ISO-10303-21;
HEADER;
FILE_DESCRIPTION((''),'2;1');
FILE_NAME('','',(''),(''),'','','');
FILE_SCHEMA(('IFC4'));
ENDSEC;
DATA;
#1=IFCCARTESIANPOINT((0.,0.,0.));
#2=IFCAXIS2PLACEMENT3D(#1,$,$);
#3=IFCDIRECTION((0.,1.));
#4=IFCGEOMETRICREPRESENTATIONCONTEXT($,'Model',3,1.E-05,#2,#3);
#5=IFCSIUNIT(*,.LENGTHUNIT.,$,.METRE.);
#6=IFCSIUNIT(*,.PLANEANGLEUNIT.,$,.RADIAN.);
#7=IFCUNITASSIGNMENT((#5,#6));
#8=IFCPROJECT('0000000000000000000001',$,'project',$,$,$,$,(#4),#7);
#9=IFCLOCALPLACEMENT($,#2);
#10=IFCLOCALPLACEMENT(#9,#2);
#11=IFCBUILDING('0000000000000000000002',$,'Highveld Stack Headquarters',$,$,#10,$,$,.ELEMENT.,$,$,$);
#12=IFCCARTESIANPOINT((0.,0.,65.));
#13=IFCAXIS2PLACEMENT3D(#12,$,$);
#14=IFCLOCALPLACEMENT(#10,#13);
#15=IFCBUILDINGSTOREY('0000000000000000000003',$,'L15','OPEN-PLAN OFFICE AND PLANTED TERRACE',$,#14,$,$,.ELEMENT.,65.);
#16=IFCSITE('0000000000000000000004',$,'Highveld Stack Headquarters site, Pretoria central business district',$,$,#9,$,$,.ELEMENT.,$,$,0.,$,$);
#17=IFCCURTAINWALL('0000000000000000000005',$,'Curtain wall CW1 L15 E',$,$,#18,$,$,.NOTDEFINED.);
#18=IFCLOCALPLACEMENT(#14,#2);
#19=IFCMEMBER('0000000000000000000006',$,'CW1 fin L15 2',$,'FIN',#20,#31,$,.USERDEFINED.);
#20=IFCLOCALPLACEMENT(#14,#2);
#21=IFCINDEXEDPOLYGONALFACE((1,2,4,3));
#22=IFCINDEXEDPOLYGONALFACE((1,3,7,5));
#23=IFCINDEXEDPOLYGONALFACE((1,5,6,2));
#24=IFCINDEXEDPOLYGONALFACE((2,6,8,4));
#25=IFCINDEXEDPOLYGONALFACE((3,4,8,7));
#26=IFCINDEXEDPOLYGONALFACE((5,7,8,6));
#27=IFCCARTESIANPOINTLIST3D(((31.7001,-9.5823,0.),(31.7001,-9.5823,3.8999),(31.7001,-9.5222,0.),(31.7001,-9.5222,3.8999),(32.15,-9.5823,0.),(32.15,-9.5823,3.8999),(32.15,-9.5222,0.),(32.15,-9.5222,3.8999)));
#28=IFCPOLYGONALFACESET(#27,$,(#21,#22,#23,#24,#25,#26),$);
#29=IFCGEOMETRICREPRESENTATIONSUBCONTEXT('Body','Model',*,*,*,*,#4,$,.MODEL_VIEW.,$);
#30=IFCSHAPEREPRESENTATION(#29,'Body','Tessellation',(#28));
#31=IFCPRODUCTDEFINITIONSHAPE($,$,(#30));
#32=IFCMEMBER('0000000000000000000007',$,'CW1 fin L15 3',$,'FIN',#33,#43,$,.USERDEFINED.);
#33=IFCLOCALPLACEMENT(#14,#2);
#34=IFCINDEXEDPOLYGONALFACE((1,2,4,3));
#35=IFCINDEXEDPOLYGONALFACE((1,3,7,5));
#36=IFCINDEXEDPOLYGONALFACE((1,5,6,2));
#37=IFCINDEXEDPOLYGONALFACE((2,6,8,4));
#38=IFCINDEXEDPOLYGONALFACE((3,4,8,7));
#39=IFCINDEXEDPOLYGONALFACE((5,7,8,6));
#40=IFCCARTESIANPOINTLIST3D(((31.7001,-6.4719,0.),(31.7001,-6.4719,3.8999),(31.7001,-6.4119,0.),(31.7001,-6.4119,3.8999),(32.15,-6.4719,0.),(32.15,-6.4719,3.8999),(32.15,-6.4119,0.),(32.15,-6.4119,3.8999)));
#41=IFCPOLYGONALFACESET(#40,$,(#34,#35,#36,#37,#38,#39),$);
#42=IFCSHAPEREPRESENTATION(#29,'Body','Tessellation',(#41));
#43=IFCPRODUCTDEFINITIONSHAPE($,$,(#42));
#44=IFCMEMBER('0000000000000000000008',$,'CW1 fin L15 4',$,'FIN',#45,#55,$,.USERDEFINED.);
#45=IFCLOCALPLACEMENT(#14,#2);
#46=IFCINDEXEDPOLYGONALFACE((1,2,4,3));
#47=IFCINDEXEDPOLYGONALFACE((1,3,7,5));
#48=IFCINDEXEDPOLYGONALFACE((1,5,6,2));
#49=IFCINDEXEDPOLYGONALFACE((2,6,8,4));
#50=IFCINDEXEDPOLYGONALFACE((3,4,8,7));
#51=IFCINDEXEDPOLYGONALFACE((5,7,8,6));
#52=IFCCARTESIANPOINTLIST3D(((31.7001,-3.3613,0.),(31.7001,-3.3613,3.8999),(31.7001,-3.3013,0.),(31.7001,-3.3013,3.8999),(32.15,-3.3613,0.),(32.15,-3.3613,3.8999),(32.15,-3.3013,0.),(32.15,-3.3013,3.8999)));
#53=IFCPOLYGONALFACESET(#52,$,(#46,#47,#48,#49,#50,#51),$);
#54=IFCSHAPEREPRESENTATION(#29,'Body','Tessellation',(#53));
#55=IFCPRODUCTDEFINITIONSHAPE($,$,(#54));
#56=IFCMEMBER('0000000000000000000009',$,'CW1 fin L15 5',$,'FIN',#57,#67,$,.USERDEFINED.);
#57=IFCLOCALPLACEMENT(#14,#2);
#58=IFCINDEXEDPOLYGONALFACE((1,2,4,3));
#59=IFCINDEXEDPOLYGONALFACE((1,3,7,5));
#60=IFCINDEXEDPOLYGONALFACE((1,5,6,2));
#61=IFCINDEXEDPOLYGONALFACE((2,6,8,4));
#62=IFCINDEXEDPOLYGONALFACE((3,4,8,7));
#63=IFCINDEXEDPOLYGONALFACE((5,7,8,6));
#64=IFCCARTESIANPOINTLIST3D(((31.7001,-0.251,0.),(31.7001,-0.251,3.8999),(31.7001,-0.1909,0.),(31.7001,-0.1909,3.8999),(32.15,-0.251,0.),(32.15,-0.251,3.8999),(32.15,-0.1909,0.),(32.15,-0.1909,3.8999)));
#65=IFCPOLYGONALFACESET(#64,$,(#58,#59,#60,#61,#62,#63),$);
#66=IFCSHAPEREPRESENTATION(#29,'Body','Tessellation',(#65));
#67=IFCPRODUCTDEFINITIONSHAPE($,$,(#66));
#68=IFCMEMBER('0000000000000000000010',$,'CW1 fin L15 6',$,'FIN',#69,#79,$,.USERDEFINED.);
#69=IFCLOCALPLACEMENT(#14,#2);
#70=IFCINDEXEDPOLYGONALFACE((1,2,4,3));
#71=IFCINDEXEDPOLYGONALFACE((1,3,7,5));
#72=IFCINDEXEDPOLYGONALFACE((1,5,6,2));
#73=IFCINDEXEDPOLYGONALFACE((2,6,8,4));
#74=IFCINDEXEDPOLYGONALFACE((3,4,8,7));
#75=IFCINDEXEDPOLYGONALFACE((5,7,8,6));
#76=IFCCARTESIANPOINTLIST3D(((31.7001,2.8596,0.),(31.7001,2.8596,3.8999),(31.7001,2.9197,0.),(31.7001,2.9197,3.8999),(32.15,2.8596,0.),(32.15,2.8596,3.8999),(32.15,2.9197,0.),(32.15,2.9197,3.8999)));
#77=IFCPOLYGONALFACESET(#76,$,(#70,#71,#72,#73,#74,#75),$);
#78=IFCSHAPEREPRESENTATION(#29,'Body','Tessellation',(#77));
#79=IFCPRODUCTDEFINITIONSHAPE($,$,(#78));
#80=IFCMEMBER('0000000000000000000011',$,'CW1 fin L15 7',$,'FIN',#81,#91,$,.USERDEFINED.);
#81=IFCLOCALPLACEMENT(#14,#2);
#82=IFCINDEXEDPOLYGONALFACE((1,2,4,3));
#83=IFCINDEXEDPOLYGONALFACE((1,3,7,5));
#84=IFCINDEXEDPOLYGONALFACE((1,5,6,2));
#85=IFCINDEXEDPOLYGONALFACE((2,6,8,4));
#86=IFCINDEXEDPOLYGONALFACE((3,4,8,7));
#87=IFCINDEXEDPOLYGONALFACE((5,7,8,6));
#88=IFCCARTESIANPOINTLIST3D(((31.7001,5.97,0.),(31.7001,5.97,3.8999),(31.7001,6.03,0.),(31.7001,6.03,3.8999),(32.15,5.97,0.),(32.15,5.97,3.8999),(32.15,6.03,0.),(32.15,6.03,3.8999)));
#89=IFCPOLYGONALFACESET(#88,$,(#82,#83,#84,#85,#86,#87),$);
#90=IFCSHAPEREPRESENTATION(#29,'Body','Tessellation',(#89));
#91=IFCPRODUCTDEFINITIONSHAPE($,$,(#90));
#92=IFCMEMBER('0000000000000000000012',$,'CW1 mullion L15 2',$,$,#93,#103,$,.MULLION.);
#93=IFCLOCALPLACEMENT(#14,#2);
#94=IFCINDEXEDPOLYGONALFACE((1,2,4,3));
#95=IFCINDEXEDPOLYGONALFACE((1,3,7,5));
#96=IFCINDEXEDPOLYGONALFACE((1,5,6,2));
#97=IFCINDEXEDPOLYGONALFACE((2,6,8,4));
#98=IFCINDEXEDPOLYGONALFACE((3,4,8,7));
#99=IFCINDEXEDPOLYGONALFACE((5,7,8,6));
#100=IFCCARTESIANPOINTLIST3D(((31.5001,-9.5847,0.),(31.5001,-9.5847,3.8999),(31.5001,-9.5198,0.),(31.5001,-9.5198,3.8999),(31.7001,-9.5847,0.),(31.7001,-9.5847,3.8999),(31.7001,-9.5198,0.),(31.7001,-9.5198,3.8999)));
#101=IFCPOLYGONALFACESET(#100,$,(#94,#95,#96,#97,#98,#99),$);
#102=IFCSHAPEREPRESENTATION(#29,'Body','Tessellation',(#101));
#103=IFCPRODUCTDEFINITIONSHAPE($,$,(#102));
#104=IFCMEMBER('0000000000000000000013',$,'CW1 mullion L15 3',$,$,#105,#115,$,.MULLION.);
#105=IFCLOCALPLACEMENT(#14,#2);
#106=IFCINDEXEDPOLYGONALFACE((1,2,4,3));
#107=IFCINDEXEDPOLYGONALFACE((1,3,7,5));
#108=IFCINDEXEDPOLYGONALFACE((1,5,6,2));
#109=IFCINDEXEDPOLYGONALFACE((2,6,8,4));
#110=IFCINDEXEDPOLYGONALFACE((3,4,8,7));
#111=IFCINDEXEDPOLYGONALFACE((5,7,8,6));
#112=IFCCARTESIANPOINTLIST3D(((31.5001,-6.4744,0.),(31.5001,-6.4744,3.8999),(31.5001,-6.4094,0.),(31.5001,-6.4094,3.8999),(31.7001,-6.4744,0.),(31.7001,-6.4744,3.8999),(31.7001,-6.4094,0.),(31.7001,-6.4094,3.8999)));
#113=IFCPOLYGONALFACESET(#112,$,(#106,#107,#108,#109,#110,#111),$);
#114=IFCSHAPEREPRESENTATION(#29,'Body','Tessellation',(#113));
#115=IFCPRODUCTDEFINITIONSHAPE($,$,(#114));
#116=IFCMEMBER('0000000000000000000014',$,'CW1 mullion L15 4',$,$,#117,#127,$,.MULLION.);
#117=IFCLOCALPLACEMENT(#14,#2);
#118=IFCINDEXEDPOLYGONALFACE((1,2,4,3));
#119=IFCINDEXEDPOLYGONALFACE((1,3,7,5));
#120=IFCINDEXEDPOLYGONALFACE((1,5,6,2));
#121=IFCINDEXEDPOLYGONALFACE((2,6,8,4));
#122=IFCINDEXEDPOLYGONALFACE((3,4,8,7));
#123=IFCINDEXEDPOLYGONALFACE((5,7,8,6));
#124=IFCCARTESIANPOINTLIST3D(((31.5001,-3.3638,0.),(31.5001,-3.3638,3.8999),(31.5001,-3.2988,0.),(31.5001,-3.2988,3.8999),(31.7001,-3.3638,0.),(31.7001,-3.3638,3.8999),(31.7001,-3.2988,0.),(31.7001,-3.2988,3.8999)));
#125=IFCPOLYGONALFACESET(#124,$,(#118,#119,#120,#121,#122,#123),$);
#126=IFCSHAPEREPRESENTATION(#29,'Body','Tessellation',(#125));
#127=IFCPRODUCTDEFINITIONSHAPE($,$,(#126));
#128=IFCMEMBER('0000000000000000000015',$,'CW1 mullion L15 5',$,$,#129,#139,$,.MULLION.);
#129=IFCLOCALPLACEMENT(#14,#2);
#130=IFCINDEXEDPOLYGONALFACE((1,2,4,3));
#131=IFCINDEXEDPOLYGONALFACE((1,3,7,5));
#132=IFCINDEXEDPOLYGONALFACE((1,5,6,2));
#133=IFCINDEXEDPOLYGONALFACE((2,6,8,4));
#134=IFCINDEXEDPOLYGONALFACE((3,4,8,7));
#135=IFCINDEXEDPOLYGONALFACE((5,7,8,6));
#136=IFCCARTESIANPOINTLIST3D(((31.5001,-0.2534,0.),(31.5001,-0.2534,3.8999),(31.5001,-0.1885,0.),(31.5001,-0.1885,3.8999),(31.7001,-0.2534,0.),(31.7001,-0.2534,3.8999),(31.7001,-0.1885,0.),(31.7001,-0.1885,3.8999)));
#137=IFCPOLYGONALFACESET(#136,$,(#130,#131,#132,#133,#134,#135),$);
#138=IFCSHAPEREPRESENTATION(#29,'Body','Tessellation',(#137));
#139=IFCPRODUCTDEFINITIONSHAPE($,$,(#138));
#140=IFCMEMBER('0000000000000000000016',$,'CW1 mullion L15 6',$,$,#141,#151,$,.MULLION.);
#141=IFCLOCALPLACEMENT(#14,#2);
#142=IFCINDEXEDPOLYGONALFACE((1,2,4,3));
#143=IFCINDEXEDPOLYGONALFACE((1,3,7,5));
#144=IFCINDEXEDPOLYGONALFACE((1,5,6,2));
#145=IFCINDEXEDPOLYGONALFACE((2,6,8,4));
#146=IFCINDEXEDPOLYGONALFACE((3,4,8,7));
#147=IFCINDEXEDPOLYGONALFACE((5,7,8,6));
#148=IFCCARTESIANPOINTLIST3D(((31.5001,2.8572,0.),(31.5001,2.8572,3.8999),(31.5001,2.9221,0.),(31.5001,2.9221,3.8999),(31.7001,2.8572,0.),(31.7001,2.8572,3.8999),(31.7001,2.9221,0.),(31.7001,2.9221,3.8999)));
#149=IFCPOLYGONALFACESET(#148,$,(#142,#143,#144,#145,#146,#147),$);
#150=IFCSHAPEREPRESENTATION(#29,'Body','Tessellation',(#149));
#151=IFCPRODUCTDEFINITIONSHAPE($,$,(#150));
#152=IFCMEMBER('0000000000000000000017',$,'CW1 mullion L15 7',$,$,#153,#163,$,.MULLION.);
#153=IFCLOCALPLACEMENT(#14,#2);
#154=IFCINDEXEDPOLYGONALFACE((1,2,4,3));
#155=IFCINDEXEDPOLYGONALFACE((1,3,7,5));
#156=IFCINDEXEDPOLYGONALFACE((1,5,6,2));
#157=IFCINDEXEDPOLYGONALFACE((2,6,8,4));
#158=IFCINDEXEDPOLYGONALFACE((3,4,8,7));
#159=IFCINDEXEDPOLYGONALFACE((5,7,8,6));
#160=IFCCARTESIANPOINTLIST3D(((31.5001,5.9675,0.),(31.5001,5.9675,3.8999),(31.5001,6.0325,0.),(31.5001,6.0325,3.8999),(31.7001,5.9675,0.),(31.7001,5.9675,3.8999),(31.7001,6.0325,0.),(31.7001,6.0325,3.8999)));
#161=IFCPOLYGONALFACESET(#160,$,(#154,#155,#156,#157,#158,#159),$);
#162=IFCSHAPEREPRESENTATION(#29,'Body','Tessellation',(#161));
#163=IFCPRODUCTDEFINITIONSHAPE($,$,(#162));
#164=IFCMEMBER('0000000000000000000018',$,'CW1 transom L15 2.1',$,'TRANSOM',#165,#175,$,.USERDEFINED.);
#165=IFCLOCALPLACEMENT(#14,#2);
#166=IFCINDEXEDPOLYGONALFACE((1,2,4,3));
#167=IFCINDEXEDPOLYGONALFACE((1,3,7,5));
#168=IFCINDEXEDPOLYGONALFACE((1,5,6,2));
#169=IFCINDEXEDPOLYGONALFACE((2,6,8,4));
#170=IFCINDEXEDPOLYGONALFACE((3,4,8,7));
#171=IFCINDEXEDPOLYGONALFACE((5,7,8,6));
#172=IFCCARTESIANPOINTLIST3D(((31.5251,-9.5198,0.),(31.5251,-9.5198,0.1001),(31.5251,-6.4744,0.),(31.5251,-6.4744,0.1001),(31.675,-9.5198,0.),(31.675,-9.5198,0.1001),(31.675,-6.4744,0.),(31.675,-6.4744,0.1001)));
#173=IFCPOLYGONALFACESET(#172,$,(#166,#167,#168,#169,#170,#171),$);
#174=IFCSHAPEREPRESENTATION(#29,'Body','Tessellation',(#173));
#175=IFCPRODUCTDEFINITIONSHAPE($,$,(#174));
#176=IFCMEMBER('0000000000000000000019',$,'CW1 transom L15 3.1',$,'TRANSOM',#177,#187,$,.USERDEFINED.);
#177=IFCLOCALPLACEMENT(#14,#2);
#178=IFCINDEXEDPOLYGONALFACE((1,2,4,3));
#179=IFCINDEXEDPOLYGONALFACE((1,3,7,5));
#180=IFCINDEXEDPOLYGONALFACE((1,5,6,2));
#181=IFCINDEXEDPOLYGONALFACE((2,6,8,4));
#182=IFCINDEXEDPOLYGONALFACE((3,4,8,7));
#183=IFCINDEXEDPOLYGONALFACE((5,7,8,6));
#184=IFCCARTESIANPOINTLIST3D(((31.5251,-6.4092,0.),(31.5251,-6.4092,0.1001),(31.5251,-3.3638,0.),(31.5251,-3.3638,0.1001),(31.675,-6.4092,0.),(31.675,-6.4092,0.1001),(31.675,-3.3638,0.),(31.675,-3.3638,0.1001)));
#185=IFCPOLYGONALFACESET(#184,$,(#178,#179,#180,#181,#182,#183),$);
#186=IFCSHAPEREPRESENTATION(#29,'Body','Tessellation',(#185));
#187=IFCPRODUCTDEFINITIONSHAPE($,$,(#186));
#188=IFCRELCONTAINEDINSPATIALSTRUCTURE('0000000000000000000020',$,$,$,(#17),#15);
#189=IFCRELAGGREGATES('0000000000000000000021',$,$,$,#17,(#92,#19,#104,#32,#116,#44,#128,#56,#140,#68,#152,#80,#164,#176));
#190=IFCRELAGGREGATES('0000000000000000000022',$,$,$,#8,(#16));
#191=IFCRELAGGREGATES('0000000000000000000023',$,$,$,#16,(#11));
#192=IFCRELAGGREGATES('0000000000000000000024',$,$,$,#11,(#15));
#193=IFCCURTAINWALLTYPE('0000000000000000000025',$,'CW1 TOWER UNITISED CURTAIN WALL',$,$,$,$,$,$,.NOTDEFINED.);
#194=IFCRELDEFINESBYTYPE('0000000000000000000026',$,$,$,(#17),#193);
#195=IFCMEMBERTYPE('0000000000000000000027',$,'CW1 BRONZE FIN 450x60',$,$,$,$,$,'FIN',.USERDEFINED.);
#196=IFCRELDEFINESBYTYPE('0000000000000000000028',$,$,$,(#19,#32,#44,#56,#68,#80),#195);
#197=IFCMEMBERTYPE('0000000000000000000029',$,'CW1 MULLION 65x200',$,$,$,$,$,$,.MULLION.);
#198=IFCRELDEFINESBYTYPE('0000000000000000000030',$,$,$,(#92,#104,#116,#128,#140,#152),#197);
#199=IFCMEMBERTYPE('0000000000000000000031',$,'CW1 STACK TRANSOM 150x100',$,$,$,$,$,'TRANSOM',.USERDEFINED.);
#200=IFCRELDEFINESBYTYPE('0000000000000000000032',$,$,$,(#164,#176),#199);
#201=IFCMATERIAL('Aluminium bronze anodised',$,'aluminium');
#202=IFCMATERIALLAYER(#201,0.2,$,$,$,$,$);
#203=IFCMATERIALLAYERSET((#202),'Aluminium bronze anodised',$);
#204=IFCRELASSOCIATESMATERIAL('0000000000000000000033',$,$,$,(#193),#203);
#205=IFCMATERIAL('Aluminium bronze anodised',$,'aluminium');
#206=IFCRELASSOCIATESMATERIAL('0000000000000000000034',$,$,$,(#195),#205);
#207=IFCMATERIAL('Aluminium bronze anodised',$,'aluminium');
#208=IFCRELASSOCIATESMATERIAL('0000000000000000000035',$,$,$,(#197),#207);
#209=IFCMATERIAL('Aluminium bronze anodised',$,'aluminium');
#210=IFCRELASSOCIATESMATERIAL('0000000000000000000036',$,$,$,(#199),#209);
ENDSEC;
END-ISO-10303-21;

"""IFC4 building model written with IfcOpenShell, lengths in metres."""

from ifc_helpers import new_model, si_unit, direction, frame, origin, origin_2d, place, context, subcontext, project, spatial, rectangle, extrude, material, layer, layer_set, material_profile, profile_set, type_object, element, aggregate, save


model = new_model("IFC4")

# Units and contexts
model_context = context("Model", 3, precision=1e-05, world=origin(), true_north=direction((0.0, 1.0)))
body_context = subcontext(model_context, "Body", "Model", "MODEL_VIEW")
ifc_project = project(units=[si_unit("LENGTHUNIT", "METRE"), si_unit("PLANEANGLEUNIT", "RADIAN")], contexts=[model_context])

# Site, building, storey
site_placement = place(None, origin())
site = spatial("IfcSite", under=ifc_project, at=site_placement, Name="Highveld Stack Headquarters site, Pretoria central business district", CompositionType="ELEMENT", RefElevation=0.0)
building_placement = place(site_placement, origin())
building = spatial("IfcBuilding", under=site, at=building_placement, Name="Highveld Stack Headquarters", CompositionType="ELEMENT")
storey_placement = place(building_placement, frame((0.0, 0.0, 65.0)))
storey = spatial("IfcBuildingStorey", under=building, at=storey_placement, Name="L15", Description="OPEN-PLAN OFFICE AND PLANTED TERRACE", CompositionType="ELEMENT", Elevation=65.0)

# Curtain wall, members
ifc_material_1 = material(Name="Aluminium bronze anodised", Category="aluminium")
ifc_layer_1 = layer(ifc_material_1, 0.2)
ifc_layer_set_1 = layer_set([ifc_layer_1], Name="Aluminium bronze anodised")
curtain_wall_type = type_object("IfcCurtainWallType", Name="CW1 TOWER UNITISED CURTAIN WALL", PredefinedType="NOTDEFINED", material=ifc_layer_set_1)
curtain_wall_placement = place(storey_placement, origin())
curtain_wall = element("IfcCurtainWall", 1, at=curtain_wall_placement, inside=storey, type_object=curtain_wall_type, Name="Curtain wall CW1 L15 E", PredefinedType="NOTDEFINED")
ifc_material_2 = material(Name="Aluminium bronze anodised", Category="aluminium")
ifc_material_profile_1 = material_profile(ifc_material_2, rectangle(XDim=0.45, YDim=0.0601, at=origin_2d()), Name="FIN 450x60")
ifc_profile_set_1 = profile_set([ifc_material_profile_1], Name="Aluminium bronze anodised")
member_type_1 = type_object("IfcMemberType", Name="CW1 BRONZE FIN 450x60", ElementType="FIN", PredefinedType="USERDEFINED", material=ifc_profile_set_1)
member_1_placement = place(storey_placement, frame((31.925, -9.5522, 0.0), z_axis=(0.0, 0.0, 1.0), x_axis=(-1.0, 0.0, 0.0)))
member_1 = element("IfcMember", 2, at=member_1_placement, type_object=member_type_1, Name="CW1 fin L15 2", ObjectType="FIN", PredefinedType="USERDEFINED", context=body_context, shape_type="SweptSolid", body=[
    extrude(rectangle(XDim=0.45, YDim=0.0601, at=origin_2d()), origin(), (0.0, 0.0, 1.0), 3.8999),
])
member_2_placement = place(storey_placement, frame((31.925, -6.4419, 0.0), z_axis=(0.0, 0.0, 1.0), x_axis=(-1.0, 0.0, 0.0)))
member_2 = element("IfcMember", 3, at=member_2_placement, type_object=member_type_1, Name="CW1 fin L15 3", ObjectType="FIN", PredefinedType="USERDEFINED", context=body_context, shape_type="SweptSolid", body=[
    extrude(rectangle(XDim=0.45, YDim=0.0601, at=origin_2d()), origin(), (0.0, 0.0, 1.0), 3.8999),
])
member_3_placement = place(storey_placement, frame((31.925, -3.3313, 0.0), z_axis=(0.0, 0.0, 1.0), x_axis=(-1.0, 0.0, 0.0)))
member_3 = element("IfcMember", 4, at=member_3_placement, type_object=member_type_1, Name="CW1 fin L15 4", ObjectType="FIN", PredefinedType="USERDEFINED", context=body_context, shape_type="SweptSolid", body=[
    extrude(rectangle(XDim=0.45, YDim=0.0601, at=origin_2d()), origin(), (0.0, 0.0, 1.0), 3.8999),
])
member_4_placement = place(storey_placement, frame((31.925, -0.2209, 0.0), z_axis=(0.0, 0.0, 1.0), x_axis=(-1.0, 0.0, 0.0)))
member_4 = element("IfcMember", 5, at=member_4_placement, type_object=member_type_1, Name="CW1 fin L15 5", ObjectType="FIN", PredefinedType="USERDEFINED", context=body_context, shape_type="SweptSolid", body=[
    extrude(rectangle(XDim=0.45, YDim=0.0601, at=origin_2d()), origin(), (0.0, 0.0, 1.0), 3.8999),
])
member_5_placement = place(storey_placement, frame((31.925, 2.8896, 0.0), z_axis=(0.0, 0.0, 1.0), x_axis=(-1.0, 0.0, 0.0)))
member_5 = element("IfcMember", 6, at=member_5_placement, type_object=member_type_1, Name="CW1 fin L15 6", ObjectType="FIN", PredefinedType="USERDEFINED", context=body_context, shape_type="SweptSolid", body=[
    extrude(rectangle(XDim=0.45, YDim=0.0601, at=origin_2d()), origin(), (0.0, 0.0, 1.0), 3.8999),
])
member_6_placement = place(storey_placement, frame((31.925, 6.0, 0.0), z_axis=(0.0, 0.0, 1.0), x_axis=(-1.0, 0.0, 0.0)))
member_6 = element("IfcMember", 7, at=member_6_placement, type_object=member_type_1, Name="CW1 fin L15 7", ObjectType="FIN", PredefinedType="USERDEFINED", context=body_context, shape_type="SweptSolid", body=[
    extrude(rectangle(XDim=0.45, YDim=0.0601, at=origin_2d()), origin(), (0.0, 0.0, 1.0), 3.8999),
])
ifc_material_3 = material(Name="Aluminium bronze anodised", Category="aluminium")
ifc_material_profile_2 = material_profile(ifc_material_3, rectangle(XDim=0.2, YDim=0.0649, at=origin_2d()), Name="CW1 MULLION 65x200")
ifc_profile_set_2 = profile_set([ifc_material_profile_2], Name="Aluminium bronze anodised")
member_type_2 = type_object("IfcMemberType", Name="CW1 MULLION 65x200", PredefinedType="MULLION", material=ifc_profile_set_2)
member_7_placement = place(storey_placement, frame((31.6001, -9.5522, 0.0), z_axis=(0.0, 0.0, 1.0), x_axis=(-1.0, 0.0, 0.0)))
member_7 = element("IfcMember", 8, at=member_7_placement, type_object=member_type_2, Name="CW1 mullion L15 2", PredefinedType="MULLION", context=body_context, shape_type="SweptSolid", body=[
    extrude(rectangle(XDim=0.2, YDim=0.0649, at=origin_2d()), origin(), (0.0, 0.0, 1.0), 3.8999),
])
member_8_placement = place(storey_placement, frame((31.6001, -6.4419, 0.0), z_axis=(0.0, 0.0, 1.0), x_axis=(-1.0, 0.0, 0.0)))
member_8 = element("IfcMember", 9, at=member_8_placement, type_object=member_type_2, Name="CW1 mullion L15 3", PredefinedType="MULLION", context=body_context, shape_type="SweptSolid", body=[
    extrude(rectangle(XDim=0.2, YDim=0.0649, at=origin_2d()), origin(), (0.0, 0.0, 1.0), 3.8999),
])
member_9_placement = place(storey_placement, frame((31.6001, -3.3313, 0.0), z_axis=(0.0, 0.0, 1.0), x_axis=(-1.0, 0.0, 0.0)))
member_9 = element("IfcMember", 10, at=member_9_placement, type_object=member_type_2, Name="CW1 mullion L15 4", PredefinedType="MULLION", context=body_context, shape_type="SweptSolid", body=[
    extrude(rectangle(XDim=0.2, YDim=0.0649, at=origin_2d()), origin(), (0.0, 0.0, 1.0), 3.8999),
])
member_10_placement = place(storey_placement, frame((31.6001, -0.2209, 0.0), z_axis=(0.0, 0.0, 1.0), x_axis=(-1.0, 0.0, 0.0)))
member_10 = element("IfcMember", 11, at=member_10_placement, type_object=member_type_2, Name="CW1 mullion L15 5", PredefinedType="MULLION", context=body_context, shape_type="SweptSolid", body=[
    extrude(rectangle(XDim=0.2, YDim=0.0649, at=origin_2d()), origin(), (0.0, 0.0, 1.0), 3.8999),
])
member_11_placement = place(storey_placement, frame((31.6001, 2.8896, 0.0), z_axis=(0.0, 0.0, 1.0), x_axis=(-1.0, 0.0, 0.0)))
member_11 = element("IfcMember", 12, at=member_11_placement, type_object=member_type_2, Name="CW1 mullion L15 6", PredefinedType="MULLION", context=body_context, shape_type="SweptSolid", body=[
    extrude(rectangle(XDim=0.2, YDim=0.0649, at=origin_2d()), origin(), (0.0, 0.0, 1.0), 3.8999),
])
member_12_placement = place(storey_placement, frame((31.6001, 6.0, 0.0), z_axis=(0.0, 0.0, 1.0), x_axis=(-1.0, 0.0, 0.0)))
member_12 = element("IfcMember", 13, at=member_12_placement, type_object=member_type_2, Name="CW1 mullion L15 7", PredefinedType="MULLION", context=body_context, shape_type="SweptSolid", body=[
    extrude(rectangle(XDim=0.2, YDim=0.0649, at=origin_2d()), origin(), (0.0, 0.0, 1.0), 3.8999),
])
ifc_material_4 = material(Name="Aluminium bronze anodised", Category="aluminium")
ifc_material_profile_3 = material_profile(ifc_material_4, rectangle(XDim=0.1499, YDim=0.1001, at=origin_2d()), Name="CW1 TRANSOM 150x100")
ifc_profile_set_3 = profile_set([ifc_material_profile_3], Name="Aluminium bronze anodised")
member_type_3 = type_object("IfcMemberType", Name="CW1 STACK TRANSOM 150x100", ElementType="TRANSOM", PredefinedType="USERDEFINED", material=ifc_profile_set_3)
member_13_placement = place(storey_placement, frame((31.6001, -9.5198, 0.05), z_axis=(0.0, 1.0, 0.0), x_axis=(-1.0, 0.0, 0.0)))
member_13 = element("IfcMember", 14, at=member_13_placement, type_object=member_type_3, Name="CW1 transom L15 2.1", ObjectType="TRANSOM", PredefinedType="USERDEFINED", context=body_context, shape_type="SweptSolid", body=[
    extrude(rectangle(XDim=0.1499, YDim=0.1001, at=origin_2d()), origin(), (0.0, 0.0, 1.0), 3.0454),
])
member_14_placement = place(storey_placement, frame((31.6001, -6.4092, 0.05), z_axis=(0.0, 1.0, 0.0), x_axis=(-1.0, 0.0, 0.0)))
member_14 = element("IfcMember", 15, at=member_14_placement, type_object=member_type_3, Name="CW1 transom L15 3.1", ObjectType="TRANSOM", PredefinedType="USERDEFINED", context=body_context, shape_type="SweptSolid", body=[
    extrude(rectangle(XDim=0.1499, YDim=0.1001, at=origin_2d()), origin(), (0.0, 0.0, 1.0), 3.0454),
])

aggregate(curtain_wall, [member_7, member_1, member_8, member_2, member_9, member_3, member_10, member_4, member_11, member_5, member_12, member_6, member_13, member_14])

save(model, "model.ifc")
